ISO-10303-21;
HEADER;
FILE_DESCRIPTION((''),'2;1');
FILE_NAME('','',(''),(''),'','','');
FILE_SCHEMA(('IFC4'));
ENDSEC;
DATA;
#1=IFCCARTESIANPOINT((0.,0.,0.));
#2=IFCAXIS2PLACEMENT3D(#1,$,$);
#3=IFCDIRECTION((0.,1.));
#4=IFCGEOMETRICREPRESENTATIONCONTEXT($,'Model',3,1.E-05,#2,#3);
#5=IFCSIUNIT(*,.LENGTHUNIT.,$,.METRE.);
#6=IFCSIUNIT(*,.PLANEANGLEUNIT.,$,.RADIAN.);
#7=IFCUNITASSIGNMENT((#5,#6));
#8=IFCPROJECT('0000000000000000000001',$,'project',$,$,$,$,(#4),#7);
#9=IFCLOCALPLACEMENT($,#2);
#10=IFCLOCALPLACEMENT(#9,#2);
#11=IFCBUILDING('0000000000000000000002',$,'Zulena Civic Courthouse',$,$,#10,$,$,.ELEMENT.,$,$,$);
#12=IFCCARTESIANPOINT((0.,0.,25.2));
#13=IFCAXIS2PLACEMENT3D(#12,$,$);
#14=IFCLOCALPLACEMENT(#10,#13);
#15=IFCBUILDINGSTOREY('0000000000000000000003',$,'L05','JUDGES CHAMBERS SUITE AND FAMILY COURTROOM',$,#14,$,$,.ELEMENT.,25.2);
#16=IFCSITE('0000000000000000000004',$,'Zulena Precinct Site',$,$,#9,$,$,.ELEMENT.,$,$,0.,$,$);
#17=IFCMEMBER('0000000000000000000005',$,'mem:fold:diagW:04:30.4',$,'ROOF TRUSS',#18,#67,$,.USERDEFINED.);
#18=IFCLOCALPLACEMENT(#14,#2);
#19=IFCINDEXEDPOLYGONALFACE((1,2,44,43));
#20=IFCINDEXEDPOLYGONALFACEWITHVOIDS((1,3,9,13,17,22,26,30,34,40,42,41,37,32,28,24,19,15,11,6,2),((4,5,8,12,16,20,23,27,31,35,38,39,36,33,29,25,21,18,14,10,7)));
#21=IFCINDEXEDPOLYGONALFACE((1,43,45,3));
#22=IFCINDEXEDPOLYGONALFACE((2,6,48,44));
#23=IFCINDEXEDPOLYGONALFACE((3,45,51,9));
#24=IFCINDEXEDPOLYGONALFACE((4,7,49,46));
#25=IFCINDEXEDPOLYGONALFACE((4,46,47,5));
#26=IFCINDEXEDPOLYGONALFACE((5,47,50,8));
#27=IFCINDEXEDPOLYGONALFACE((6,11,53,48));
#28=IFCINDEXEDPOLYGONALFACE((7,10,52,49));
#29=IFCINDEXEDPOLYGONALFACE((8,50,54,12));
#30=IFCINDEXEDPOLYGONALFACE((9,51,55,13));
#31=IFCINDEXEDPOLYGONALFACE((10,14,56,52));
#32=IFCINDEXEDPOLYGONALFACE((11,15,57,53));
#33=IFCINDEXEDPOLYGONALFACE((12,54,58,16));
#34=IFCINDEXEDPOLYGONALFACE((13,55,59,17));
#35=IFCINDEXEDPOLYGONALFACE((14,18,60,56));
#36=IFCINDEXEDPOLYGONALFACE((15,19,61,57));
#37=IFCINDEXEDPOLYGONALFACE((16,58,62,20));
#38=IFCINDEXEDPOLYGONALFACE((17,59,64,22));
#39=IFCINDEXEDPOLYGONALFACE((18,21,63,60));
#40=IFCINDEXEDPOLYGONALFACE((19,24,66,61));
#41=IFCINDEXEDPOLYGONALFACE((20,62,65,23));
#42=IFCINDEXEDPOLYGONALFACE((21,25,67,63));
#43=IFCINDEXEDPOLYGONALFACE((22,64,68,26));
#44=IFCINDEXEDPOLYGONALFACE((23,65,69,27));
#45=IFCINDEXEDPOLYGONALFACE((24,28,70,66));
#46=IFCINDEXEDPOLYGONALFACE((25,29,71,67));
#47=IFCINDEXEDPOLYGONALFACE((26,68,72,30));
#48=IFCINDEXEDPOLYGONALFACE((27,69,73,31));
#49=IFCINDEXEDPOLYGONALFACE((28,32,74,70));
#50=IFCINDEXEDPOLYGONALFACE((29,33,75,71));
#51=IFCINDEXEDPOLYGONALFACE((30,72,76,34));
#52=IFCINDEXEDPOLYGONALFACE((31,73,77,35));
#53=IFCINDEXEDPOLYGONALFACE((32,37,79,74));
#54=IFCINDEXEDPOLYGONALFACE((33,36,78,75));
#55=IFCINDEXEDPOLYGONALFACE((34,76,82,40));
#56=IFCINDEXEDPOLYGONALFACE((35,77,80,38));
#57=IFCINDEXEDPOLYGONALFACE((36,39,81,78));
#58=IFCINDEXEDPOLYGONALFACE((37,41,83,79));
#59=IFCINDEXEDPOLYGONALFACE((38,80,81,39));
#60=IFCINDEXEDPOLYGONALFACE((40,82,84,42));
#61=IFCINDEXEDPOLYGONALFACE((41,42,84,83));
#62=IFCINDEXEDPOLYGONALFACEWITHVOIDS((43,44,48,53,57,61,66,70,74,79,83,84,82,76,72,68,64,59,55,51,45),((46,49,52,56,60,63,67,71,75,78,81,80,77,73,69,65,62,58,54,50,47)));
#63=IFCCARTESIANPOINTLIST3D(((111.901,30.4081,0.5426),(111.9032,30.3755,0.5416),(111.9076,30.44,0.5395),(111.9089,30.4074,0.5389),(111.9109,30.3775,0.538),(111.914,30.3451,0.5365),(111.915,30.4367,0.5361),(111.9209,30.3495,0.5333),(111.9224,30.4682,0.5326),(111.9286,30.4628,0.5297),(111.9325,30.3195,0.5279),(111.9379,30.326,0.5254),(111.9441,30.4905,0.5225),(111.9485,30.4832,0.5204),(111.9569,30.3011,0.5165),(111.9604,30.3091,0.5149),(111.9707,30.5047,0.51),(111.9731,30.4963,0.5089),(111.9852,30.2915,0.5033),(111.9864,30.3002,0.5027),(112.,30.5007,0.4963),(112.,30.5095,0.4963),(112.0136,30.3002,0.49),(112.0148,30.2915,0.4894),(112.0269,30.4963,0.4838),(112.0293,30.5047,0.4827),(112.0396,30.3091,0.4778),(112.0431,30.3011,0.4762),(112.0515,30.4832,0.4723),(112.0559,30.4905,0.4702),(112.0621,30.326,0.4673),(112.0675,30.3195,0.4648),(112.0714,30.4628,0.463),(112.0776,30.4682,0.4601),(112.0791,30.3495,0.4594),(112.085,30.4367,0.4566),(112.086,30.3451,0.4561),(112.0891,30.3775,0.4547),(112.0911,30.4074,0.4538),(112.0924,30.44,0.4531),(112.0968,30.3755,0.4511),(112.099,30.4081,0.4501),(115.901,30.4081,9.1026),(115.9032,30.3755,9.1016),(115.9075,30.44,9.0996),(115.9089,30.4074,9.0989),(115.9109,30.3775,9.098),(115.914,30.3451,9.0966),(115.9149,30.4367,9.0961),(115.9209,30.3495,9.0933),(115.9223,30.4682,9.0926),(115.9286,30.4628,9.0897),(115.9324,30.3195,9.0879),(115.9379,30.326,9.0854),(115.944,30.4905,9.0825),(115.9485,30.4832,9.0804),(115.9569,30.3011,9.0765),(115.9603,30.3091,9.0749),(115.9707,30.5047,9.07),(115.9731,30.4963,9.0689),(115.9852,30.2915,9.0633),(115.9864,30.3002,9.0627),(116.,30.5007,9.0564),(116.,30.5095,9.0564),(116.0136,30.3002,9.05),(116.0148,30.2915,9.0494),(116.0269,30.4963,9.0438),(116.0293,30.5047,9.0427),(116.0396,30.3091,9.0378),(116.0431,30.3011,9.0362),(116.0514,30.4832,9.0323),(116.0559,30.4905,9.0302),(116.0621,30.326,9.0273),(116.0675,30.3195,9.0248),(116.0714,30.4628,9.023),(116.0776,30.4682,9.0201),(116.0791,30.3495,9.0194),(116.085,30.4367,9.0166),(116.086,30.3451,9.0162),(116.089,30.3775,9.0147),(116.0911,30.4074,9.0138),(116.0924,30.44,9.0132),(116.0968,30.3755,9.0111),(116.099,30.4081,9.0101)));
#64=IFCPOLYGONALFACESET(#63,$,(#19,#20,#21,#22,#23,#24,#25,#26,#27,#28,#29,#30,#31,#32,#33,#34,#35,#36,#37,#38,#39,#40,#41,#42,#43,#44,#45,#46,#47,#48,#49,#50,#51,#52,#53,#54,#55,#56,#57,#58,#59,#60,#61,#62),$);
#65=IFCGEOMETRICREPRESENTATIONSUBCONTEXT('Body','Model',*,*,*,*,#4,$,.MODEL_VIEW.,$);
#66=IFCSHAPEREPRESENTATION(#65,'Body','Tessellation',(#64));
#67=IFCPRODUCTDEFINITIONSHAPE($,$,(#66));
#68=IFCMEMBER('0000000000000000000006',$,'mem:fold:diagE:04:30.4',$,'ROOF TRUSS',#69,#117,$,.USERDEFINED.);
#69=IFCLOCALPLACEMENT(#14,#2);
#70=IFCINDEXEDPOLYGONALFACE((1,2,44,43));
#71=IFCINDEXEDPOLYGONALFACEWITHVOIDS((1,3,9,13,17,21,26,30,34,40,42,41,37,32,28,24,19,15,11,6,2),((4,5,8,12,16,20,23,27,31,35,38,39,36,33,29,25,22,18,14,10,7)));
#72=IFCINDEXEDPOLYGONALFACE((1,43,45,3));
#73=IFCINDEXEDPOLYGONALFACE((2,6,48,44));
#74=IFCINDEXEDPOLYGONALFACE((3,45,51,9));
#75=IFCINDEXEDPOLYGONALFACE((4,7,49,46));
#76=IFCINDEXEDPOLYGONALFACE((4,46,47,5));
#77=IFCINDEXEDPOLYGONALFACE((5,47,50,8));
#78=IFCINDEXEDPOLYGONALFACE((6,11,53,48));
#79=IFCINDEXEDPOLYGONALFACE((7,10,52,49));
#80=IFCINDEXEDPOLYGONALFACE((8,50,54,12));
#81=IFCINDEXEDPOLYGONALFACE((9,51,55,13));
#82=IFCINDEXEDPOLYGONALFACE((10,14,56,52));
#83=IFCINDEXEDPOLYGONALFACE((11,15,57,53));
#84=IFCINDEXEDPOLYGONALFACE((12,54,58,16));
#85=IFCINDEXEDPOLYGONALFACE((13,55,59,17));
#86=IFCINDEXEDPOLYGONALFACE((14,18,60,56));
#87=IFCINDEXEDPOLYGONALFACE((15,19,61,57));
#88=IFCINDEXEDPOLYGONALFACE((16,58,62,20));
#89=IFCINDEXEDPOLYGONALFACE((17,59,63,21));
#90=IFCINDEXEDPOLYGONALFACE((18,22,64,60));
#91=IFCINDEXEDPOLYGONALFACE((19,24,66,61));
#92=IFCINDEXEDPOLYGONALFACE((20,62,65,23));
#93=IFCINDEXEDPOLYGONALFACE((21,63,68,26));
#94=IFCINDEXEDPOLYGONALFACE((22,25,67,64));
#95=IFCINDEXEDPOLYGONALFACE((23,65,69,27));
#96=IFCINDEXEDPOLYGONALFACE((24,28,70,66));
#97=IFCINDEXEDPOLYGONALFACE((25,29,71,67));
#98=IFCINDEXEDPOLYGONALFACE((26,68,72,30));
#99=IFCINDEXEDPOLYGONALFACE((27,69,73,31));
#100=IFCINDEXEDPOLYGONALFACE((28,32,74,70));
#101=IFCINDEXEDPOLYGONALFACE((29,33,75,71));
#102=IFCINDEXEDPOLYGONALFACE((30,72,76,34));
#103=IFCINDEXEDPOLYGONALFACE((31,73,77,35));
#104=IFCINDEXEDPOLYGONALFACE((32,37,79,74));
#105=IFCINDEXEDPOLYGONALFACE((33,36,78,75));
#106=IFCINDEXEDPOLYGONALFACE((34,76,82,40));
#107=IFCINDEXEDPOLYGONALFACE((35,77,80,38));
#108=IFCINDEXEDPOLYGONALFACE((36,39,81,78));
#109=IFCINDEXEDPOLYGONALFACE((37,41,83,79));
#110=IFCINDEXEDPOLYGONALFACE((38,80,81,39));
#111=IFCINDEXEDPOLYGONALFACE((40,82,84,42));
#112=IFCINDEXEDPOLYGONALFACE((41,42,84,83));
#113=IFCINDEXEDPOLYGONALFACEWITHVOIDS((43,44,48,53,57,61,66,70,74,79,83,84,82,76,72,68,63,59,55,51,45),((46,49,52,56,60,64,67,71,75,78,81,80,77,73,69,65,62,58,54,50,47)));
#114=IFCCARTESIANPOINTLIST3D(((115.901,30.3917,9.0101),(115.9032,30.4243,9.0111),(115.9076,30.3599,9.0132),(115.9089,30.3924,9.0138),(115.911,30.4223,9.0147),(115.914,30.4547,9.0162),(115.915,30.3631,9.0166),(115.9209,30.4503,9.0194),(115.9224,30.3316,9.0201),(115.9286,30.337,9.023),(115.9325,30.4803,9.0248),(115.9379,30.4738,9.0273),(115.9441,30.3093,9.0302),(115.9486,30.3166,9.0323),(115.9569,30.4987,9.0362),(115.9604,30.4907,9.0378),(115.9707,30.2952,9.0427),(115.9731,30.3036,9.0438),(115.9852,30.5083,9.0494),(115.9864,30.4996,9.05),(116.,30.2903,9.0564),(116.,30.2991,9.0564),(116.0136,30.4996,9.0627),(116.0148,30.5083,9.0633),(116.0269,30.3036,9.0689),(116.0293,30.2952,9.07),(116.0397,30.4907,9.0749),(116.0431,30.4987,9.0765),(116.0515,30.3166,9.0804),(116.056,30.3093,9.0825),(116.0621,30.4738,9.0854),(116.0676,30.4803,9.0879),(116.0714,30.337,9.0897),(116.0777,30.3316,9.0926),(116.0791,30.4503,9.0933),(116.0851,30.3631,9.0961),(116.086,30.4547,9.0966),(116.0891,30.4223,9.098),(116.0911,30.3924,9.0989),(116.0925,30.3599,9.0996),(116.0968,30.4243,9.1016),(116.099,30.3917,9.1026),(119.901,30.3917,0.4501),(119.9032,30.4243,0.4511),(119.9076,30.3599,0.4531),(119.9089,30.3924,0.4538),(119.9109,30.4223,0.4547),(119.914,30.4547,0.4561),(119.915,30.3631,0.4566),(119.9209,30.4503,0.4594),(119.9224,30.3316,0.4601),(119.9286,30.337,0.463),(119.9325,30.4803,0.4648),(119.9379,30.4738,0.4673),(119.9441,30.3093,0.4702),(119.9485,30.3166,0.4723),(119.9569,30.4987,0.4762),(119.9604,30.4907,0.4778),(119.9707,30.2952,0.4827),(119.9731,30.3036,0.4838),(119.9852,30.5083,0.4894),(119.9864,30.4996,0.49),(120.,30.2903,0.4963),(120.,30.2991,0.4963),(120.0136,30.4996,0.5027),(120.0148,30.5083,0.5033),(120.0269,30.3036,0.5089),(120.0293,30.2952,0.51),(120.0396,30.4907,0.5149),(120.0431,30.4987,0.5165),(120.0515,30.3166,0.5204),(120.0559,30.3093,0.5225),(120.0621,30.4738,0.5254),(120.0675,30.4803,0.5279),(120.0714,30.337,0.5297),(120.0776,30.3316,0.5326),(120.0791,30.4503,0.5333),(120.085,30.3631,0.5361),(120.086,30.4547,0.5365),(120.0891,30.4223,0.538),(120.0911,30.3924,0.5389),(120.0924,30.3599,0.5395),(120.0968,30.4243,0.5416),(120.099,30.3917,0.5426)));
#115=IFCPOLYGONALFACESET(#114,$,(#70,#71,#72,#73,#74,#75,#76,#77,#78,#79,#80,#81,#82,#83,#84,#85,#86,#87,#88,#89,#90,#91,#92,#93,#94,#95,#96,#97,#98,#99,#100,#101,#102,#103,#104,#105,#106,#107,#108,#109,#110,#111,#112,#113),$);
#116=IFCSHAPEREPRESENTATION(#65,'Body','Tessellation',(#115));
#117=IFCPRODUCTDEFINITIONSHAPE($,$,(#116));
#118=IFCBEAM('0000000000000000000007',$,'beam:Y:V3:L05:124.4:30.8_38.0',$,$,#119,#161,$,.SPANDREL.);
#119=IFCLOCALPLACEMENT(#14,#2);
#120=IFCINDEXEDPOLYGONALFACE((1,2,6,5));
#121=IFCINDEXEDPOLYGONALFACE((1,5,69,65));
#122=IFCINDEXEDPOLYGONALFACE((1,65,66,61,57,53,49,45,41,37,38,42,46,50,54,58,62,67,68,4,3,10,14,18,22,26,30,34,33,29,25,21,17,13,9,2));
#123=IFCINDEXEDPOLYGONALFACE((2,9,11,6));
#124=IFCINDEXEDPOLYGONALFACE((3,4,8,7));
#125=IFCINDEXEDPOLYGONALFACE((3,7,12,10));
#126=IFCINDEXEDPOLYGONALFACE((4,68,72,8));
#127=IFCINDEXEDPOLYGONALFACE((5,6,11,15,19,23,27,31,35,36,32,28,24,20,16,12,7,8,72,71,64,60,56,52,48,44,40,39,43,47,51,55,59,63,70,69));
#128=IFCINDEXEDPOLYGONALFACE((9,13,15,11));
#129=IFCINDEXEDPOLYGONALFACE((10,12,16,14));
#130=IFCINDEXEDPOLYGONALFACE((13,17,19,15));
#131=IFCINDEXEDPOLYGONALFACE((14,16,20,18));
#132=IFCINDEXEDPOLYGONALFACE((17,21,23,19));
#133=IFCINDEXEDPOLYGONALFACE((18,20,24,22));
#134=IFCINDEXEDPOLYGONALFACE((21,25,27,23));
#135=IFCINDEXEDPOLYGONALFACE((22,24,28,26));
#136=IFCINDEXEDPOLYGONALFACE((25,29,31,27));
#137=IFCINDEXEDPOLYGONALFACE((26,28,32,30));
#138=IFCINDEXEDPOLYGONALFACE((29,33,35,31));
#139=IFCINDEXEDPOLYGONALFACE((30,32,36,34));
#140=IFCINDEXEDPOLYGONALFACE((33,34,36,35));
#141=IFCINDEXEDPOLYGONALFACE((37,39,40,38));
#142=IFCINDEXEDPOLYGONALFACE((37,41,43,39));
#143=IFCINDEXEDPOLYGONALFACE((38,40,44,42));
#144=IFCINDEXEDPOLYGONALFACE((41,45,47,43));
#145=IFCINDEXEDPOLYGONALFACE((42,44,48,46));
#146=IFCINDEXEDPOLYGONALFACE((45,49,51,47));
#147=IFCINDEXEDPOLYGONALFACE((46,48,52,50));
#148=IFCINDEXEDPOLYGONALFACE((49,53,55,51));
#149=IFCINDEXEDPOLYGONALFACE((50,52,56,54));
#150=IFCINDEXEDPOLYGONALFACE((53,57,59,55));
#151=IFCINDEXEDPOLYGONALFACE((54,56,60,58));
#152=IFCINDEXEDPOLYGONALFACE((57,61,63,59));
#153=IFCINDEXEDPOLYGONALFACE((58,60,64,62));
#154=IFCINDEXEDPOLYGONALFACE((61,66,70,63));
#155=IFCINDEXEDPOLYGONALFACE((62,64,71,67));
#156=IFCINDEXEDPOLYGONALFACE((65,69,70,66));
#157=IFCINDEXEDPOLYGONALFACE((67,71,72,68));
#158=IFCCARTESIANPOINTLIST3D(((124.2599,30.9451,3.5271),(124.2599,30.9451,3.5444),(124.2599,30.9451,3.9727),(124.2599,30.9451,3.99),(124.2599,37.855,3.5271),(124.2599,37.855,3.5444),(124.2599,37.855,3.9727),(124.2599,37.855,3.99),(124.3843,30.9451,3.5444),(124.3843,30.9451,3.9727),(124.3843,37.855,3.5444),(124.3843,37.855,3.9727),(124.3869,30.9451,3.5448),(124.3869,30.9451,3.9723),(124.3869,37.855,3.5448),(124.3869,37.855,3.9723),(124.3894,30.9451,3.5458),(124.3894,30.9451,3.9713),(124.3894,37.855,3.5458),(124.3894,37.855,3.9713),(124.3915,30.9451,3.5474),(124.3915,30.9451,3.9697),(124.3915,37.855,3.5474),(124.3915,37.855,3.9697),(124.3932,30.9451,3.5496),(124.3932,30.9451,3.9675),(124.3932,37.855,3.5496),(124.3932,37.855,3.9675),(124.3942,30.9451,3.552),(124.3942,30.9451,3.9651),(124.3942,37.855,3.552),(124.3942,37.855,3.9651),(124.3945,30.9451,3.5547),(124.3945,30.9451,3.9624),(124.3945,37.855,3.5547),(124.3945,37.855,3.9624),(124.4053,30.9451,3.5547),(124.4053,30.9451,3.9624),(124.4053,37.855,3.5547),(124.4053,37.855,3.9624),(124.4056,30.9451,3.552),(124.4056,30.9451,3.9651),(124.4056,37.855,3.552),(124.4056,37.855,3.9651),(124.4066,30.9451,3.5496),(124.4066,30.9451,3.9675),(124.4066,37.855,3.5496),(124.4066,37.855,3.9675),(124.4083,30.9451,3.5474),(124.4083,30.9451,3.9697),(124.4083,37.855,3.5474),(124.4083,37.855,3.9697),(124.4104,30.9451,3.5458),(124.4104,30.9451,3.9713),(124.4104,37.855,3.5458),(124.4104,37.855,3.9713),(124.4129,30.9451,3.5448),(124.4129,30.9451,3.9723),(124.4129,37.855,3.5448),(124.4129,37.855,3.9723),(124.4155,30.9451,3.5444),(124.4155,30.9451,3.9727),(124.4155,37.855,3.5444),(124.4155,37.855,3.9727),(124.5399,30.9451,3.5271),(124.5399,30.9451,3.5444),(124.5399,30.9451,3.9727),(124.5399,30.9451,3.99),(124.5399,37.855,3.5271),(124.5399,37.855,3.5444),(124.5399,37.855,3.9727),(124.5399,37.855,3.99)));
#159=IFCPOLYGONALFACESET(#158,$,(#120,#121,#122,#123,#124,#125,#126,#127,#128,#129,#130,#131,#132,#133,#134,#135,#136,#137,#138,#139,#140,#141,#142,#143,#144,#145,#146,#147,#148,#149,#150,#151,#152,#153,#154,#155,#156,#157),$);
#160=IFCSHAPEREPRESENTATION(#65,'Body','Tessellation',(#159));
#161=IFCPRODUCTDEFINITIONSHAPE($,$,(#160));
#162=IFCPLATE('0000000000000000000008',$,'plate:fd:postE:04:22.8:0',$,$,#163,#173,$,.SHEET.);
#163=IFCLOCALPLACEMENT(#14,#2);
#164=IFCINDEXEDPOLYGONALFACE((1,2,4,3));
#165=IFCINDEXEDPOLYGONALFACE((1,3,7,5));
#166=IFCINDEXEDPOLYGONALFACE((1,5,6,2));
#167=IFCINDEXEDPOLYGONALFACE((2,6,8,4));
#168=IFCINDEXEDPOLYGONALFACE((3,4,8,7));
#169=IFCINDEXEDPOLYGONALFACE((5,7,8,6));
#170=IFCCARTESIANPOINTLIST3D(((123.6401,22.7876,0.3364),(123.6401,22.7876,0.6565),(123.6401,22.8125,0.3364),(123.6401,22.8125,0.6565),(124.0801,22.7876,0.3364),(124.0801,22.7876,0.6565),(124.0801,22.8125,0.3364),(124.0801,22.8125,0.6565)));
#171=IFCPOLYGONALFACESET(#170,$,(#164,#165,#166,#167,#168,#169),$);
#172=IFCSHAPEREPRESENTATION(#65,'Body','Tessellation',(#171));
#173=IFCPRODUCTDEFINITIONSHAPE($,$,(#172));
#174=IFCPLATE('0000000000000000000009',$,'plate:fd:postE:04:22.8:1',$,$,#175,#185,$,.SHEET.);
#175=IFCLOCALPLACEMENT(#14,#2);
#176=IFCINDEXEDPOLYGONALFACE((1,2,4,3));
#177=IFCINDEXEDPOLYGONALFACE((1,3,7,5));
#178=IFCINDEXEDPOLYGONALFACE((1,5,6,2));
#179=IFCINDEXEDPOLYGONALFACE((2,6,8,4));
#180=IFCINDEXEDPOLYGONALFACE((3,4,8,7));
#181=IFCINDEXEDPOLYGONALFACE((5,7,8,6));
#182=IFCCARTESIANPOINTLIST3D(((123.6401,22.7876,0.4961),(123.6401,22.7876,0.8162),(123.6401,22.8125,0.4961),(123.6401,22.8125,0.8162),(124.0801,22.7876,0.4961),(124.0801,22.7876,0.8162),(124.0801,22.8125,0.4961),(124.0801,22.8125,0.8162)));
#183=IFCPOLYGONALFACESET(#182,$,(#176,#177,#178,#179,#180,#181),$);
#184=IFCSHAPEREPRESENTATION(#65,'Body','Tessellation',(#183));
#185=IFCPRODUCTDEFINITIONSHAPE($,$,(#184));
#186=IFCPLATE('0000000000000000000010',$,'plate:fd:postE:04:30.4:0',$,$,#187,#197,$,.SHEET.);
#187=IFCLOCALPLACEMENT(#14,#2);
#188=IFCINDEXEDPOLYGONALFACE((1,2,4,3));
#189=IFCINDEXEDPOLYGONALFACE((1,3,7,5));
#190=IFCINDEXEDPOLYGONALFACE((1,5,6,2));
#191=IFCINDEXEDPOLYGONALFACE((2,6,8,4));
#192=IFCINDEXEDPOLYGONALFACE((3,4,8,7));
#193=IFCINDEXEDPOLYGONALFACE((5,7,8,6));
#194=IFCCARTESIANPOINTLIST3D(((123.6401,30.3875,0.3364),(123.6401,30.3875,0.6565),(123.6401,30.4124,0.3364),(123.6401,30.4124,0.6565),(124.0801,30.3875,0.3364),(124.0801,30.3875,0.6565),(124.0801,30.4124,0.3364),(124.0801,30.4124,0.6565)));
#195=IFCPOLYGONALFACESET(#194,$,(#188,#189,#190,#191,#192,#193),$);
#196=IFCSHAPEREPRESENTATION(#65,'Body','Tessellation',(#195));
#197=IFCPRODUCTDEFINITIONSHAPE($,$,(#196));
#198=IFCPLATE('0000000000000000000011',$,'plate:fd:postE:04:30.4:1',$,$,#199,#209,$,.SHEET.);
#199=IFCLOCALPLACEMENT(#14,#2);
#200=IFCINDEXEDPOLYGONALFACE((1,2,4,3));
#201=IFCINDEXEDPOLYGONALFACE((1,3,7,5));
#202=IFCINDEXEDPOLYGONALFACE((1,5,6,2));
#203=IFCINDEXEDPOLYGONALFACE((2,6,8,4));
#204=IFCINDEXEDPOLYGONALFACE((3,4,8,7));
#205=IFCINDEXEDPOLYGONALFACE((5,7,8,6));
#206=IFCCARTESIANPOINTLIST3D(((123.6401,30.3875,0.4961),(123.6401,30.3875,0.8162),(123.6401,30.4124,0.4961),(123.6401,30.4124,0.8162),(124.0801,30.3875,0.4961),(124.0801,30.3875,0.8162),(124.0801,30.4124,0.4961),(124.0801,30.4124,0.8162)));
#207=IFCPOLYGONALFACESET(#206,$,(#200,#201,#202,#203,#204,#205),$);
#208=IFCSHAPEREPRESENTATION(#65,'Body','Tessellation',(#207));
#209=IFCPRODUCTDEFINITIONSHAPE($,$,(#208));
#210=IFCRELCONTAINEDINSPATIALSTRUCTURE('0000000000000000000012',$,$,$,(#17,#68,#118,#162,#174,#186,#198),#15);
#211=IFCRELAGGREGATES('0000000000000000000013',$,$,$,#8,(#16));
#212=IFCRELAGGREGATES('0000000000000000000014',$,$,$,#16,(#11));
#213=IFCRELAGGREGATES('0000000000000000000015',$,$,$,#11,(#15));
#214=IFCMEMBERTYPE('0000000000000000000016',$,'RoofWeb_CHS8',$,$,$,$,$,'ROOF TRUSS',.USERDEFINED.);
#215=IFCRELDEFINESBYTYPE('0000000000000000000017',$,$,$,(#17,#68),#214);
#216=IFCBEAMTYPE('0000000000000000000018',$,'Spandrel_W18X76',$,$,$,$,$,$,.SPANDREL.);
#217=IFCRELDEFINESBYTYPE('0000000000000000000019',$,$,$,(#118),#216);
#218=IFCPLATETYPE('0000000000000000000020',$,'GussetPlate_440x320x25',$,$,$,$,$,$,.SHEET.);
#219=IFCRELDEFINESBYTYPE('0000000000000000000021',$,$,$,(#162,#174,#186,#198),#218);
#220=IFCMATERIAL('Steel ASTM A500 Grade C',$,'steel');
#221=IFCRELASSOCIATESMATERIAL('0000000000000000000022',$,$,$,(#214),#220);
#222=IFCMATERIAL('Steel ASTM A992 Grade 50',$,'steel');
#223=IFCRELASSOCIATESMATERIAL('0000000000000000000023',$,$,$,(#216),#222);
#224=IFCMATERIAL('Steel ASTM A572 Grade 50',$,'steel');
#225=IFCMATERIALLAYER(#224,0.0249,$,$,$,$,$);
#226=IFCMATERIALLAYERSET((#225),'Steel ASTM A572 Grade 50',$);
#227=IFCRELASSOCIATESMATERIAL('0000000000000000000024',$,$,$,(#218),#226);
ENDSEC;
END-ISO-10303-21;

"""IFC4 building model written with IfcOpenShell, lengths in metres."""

from ifc_helpers import new_model, si_unit, direction, frame, origin, origin_2d, place, context, subcontext, project, spatial, rectangle, hollow_circle, i_section, extrude, material, layer, layer_set, material_profile, profile_set, type_object, element, save


model = new_model("IFC4")

# Units and contexts
model_context = context("Model", 3, precision=1e-05, world=origin(), true_north=direction((0.0, 1.0)))
body_context = subcontext(model_context, "Body", "Model", "MODEL_VIEW")
ifc_project = project(units=[si_unit("LENGTHUNIT", "METRE"), si_unit("PLANEANGLEUNIT", "RADIAN")], contexts=[model_context])

# Site, building, storey
site_placement = place(None, origin())
site = spatial("IfcSite", under=ifc_project, at=site_placement, Name="Zulena Precinct Site", CompositionType="ELEMENT", RefElevation=0.0)
building_placement = place(site_placement, origin())
building = spatial("IfcBuilding", under=site, at=building_placement, Name="Zulena Civic Courthouse", CompositionType="ELEMENT")
storey_placement = place(building_placement, frame((0.0, 0.0, 25.2)))
storey = spatial("IfcBuildingStorey", under=building, at=storey_placement, Name="L05", Description="JUDGES CHAMBERS SUITE AND FAMILY COURTROOM", CompositionType="ELEMENT", Elevation=25.2)

# Shared definitions
ifc_material_1 = material(Name="Steel ASTM A992 Grade 50", Category="steel")

# Members
ifc_material_2 = material(Name="Steel ASTM A500 Grade C", Category="steel")
ifc_material_profile_1 = material_profile(ifc_material_2, hollow_circle(Radius=0.1096, WallThickness=0.0088, at=origin_2d()), Name="HSS8.625X0.375")
ifc_profile_set_1 = profile_set([ifc_material_profile_1], Name="Steel ASTM A500 Grade C")
member_type_1 = type_object("IfcMemberType", Name="RoofWeb_CHS8", ElementType="ROOF TRUSS", PredefinedType="USERDEFINED", material=ifc_profile_set_1)
for number, where, z_axis, x_axis, name in (
    (1, (112.0, 30.3999, 0.4963), (0.423347, 0.0, 0.905968), (0.0, 1.0, 0.0), "mem:fold:diagW:04:30.4"),
    (2, (120.0, 30.3999, 0.4963), (-0.423347, 0.0, 0.905968), (0.0, -1.0, 0.0), "mem:fold:diagE:04:30.4"),
):
    element("IfcMember", number, at=place(storey_placement, frame(where, z_axis=z_axis, x_axis=x_axis)), inside=storey, type_object=member_type_1, Name=name, ObjectType="ROOF TRUSS", PredefinedType="USERDEFINED", context=body_context, shape_type="SweptSolid", body=[
        extrude(hollow_circle(Radius=0.1096, WallThickness=0.0088, at=origin_2d()), origin(), (0.0, 0.0, 1.0), 9.4485),
    ])

# Beam
ifc_material_profile_2 = material_profile(ifc_material_1, i_section(OverallWidth=0.28, OverallDepth=0.4629, WebThickness=0.0107, FlangeThickness=0.0173, FilletRadius=0.0103, at=origin_2d()), Name="W18X76")
ifc_profile_set_2 = profile_set([ifc_material_profile_2], Name="Steel ASTM A992 Grade 50")
beam_type_1 = type_object("IfcBeamType", Name="Spandrel_W18X76", PredefinedType="SPANDREL", material=ifc_profile_set_2)
beam_1_placement = place(storey_placement, frame((124.3999, 30.9451, 3.7585), z_axis=(0.0, 1.0, 0.0), x_axis=(-1.0, 0.0, 0.0)))
element("IfcBeam", 3, at=beam_1_placement, inside=storey, type_object=beam_type_1, Name="beam:Y:V3:L05:124.4:30.8_38.0", PredefinedType="SPANDREL", context=body_context, shape_type="SweptSolid", body=[
    extrude(i_section(OverallWidth=0.28, OverallDepth=0.4629, WebThickness=0.0107, FlangeThickness=0.0173, FilletRadius=0.0103, at=origin_2d()), origin(), (0.0, 0.0, 1.0), 6.9099),
])

# Plates
ifc_material_3 = material(Name="Steel ASTM A572 Grade 50", Category="steel")
ifc_layer_1 = layer(ifc_material_3, 0.0249)
ifc_layer_set_1 = layer_set([ifc_layer_1], Name="Steel ASTM A572 Grade 50")
plate_type = type_object("IfcPlateType", Name="GussetPlate_440x320x25", PredefinedType="SHEET", material=ifc_layer_set_1)
for number, where, z_axis, x_axis, name in (
    (4, (123.8601, 22.8, 0.3364), (0.0, 0.0, 1.0), (1.0, 0.0, 0.0), "plate:fd:postE:04:22.8:0"),
    (5, (123.8601, 22.8, 0.4961), (0.0, 0.0, 1.0), (1.0, 0.0, 0.0), "plate:fd:postE:04:22.8:1"),
    (6, (123.8601, 30.3999, 0.3364), (0.0, 0.0, 1.0), (1.0, 0.0, 0.0), "plate:fd:postE:04:30.4:0"),
    (7, (123.8601, 30.3999, 0.4961), (0.0, 0.0, 1.0), (1.0, 0.0, 0.0), "plate:fd:postE:04:30.4:1"),
):
    element("IfcPlate", number, at=place(storey_placement, frame(where, z_axis=z_axis, x_axis=x_axis)), inside=storey, type_object=plate_type, Name=name, PredefinedType="SHEET", context=body_context, shape_type="SweptSolid", body=[
        extrude(rectangle(XDim=0.4399, YDim=0.0249, at=origin_2d()), origin(), (0.0, 0.0, 1.0), 0.3201),
    ])

save(model, "model.ifc")
